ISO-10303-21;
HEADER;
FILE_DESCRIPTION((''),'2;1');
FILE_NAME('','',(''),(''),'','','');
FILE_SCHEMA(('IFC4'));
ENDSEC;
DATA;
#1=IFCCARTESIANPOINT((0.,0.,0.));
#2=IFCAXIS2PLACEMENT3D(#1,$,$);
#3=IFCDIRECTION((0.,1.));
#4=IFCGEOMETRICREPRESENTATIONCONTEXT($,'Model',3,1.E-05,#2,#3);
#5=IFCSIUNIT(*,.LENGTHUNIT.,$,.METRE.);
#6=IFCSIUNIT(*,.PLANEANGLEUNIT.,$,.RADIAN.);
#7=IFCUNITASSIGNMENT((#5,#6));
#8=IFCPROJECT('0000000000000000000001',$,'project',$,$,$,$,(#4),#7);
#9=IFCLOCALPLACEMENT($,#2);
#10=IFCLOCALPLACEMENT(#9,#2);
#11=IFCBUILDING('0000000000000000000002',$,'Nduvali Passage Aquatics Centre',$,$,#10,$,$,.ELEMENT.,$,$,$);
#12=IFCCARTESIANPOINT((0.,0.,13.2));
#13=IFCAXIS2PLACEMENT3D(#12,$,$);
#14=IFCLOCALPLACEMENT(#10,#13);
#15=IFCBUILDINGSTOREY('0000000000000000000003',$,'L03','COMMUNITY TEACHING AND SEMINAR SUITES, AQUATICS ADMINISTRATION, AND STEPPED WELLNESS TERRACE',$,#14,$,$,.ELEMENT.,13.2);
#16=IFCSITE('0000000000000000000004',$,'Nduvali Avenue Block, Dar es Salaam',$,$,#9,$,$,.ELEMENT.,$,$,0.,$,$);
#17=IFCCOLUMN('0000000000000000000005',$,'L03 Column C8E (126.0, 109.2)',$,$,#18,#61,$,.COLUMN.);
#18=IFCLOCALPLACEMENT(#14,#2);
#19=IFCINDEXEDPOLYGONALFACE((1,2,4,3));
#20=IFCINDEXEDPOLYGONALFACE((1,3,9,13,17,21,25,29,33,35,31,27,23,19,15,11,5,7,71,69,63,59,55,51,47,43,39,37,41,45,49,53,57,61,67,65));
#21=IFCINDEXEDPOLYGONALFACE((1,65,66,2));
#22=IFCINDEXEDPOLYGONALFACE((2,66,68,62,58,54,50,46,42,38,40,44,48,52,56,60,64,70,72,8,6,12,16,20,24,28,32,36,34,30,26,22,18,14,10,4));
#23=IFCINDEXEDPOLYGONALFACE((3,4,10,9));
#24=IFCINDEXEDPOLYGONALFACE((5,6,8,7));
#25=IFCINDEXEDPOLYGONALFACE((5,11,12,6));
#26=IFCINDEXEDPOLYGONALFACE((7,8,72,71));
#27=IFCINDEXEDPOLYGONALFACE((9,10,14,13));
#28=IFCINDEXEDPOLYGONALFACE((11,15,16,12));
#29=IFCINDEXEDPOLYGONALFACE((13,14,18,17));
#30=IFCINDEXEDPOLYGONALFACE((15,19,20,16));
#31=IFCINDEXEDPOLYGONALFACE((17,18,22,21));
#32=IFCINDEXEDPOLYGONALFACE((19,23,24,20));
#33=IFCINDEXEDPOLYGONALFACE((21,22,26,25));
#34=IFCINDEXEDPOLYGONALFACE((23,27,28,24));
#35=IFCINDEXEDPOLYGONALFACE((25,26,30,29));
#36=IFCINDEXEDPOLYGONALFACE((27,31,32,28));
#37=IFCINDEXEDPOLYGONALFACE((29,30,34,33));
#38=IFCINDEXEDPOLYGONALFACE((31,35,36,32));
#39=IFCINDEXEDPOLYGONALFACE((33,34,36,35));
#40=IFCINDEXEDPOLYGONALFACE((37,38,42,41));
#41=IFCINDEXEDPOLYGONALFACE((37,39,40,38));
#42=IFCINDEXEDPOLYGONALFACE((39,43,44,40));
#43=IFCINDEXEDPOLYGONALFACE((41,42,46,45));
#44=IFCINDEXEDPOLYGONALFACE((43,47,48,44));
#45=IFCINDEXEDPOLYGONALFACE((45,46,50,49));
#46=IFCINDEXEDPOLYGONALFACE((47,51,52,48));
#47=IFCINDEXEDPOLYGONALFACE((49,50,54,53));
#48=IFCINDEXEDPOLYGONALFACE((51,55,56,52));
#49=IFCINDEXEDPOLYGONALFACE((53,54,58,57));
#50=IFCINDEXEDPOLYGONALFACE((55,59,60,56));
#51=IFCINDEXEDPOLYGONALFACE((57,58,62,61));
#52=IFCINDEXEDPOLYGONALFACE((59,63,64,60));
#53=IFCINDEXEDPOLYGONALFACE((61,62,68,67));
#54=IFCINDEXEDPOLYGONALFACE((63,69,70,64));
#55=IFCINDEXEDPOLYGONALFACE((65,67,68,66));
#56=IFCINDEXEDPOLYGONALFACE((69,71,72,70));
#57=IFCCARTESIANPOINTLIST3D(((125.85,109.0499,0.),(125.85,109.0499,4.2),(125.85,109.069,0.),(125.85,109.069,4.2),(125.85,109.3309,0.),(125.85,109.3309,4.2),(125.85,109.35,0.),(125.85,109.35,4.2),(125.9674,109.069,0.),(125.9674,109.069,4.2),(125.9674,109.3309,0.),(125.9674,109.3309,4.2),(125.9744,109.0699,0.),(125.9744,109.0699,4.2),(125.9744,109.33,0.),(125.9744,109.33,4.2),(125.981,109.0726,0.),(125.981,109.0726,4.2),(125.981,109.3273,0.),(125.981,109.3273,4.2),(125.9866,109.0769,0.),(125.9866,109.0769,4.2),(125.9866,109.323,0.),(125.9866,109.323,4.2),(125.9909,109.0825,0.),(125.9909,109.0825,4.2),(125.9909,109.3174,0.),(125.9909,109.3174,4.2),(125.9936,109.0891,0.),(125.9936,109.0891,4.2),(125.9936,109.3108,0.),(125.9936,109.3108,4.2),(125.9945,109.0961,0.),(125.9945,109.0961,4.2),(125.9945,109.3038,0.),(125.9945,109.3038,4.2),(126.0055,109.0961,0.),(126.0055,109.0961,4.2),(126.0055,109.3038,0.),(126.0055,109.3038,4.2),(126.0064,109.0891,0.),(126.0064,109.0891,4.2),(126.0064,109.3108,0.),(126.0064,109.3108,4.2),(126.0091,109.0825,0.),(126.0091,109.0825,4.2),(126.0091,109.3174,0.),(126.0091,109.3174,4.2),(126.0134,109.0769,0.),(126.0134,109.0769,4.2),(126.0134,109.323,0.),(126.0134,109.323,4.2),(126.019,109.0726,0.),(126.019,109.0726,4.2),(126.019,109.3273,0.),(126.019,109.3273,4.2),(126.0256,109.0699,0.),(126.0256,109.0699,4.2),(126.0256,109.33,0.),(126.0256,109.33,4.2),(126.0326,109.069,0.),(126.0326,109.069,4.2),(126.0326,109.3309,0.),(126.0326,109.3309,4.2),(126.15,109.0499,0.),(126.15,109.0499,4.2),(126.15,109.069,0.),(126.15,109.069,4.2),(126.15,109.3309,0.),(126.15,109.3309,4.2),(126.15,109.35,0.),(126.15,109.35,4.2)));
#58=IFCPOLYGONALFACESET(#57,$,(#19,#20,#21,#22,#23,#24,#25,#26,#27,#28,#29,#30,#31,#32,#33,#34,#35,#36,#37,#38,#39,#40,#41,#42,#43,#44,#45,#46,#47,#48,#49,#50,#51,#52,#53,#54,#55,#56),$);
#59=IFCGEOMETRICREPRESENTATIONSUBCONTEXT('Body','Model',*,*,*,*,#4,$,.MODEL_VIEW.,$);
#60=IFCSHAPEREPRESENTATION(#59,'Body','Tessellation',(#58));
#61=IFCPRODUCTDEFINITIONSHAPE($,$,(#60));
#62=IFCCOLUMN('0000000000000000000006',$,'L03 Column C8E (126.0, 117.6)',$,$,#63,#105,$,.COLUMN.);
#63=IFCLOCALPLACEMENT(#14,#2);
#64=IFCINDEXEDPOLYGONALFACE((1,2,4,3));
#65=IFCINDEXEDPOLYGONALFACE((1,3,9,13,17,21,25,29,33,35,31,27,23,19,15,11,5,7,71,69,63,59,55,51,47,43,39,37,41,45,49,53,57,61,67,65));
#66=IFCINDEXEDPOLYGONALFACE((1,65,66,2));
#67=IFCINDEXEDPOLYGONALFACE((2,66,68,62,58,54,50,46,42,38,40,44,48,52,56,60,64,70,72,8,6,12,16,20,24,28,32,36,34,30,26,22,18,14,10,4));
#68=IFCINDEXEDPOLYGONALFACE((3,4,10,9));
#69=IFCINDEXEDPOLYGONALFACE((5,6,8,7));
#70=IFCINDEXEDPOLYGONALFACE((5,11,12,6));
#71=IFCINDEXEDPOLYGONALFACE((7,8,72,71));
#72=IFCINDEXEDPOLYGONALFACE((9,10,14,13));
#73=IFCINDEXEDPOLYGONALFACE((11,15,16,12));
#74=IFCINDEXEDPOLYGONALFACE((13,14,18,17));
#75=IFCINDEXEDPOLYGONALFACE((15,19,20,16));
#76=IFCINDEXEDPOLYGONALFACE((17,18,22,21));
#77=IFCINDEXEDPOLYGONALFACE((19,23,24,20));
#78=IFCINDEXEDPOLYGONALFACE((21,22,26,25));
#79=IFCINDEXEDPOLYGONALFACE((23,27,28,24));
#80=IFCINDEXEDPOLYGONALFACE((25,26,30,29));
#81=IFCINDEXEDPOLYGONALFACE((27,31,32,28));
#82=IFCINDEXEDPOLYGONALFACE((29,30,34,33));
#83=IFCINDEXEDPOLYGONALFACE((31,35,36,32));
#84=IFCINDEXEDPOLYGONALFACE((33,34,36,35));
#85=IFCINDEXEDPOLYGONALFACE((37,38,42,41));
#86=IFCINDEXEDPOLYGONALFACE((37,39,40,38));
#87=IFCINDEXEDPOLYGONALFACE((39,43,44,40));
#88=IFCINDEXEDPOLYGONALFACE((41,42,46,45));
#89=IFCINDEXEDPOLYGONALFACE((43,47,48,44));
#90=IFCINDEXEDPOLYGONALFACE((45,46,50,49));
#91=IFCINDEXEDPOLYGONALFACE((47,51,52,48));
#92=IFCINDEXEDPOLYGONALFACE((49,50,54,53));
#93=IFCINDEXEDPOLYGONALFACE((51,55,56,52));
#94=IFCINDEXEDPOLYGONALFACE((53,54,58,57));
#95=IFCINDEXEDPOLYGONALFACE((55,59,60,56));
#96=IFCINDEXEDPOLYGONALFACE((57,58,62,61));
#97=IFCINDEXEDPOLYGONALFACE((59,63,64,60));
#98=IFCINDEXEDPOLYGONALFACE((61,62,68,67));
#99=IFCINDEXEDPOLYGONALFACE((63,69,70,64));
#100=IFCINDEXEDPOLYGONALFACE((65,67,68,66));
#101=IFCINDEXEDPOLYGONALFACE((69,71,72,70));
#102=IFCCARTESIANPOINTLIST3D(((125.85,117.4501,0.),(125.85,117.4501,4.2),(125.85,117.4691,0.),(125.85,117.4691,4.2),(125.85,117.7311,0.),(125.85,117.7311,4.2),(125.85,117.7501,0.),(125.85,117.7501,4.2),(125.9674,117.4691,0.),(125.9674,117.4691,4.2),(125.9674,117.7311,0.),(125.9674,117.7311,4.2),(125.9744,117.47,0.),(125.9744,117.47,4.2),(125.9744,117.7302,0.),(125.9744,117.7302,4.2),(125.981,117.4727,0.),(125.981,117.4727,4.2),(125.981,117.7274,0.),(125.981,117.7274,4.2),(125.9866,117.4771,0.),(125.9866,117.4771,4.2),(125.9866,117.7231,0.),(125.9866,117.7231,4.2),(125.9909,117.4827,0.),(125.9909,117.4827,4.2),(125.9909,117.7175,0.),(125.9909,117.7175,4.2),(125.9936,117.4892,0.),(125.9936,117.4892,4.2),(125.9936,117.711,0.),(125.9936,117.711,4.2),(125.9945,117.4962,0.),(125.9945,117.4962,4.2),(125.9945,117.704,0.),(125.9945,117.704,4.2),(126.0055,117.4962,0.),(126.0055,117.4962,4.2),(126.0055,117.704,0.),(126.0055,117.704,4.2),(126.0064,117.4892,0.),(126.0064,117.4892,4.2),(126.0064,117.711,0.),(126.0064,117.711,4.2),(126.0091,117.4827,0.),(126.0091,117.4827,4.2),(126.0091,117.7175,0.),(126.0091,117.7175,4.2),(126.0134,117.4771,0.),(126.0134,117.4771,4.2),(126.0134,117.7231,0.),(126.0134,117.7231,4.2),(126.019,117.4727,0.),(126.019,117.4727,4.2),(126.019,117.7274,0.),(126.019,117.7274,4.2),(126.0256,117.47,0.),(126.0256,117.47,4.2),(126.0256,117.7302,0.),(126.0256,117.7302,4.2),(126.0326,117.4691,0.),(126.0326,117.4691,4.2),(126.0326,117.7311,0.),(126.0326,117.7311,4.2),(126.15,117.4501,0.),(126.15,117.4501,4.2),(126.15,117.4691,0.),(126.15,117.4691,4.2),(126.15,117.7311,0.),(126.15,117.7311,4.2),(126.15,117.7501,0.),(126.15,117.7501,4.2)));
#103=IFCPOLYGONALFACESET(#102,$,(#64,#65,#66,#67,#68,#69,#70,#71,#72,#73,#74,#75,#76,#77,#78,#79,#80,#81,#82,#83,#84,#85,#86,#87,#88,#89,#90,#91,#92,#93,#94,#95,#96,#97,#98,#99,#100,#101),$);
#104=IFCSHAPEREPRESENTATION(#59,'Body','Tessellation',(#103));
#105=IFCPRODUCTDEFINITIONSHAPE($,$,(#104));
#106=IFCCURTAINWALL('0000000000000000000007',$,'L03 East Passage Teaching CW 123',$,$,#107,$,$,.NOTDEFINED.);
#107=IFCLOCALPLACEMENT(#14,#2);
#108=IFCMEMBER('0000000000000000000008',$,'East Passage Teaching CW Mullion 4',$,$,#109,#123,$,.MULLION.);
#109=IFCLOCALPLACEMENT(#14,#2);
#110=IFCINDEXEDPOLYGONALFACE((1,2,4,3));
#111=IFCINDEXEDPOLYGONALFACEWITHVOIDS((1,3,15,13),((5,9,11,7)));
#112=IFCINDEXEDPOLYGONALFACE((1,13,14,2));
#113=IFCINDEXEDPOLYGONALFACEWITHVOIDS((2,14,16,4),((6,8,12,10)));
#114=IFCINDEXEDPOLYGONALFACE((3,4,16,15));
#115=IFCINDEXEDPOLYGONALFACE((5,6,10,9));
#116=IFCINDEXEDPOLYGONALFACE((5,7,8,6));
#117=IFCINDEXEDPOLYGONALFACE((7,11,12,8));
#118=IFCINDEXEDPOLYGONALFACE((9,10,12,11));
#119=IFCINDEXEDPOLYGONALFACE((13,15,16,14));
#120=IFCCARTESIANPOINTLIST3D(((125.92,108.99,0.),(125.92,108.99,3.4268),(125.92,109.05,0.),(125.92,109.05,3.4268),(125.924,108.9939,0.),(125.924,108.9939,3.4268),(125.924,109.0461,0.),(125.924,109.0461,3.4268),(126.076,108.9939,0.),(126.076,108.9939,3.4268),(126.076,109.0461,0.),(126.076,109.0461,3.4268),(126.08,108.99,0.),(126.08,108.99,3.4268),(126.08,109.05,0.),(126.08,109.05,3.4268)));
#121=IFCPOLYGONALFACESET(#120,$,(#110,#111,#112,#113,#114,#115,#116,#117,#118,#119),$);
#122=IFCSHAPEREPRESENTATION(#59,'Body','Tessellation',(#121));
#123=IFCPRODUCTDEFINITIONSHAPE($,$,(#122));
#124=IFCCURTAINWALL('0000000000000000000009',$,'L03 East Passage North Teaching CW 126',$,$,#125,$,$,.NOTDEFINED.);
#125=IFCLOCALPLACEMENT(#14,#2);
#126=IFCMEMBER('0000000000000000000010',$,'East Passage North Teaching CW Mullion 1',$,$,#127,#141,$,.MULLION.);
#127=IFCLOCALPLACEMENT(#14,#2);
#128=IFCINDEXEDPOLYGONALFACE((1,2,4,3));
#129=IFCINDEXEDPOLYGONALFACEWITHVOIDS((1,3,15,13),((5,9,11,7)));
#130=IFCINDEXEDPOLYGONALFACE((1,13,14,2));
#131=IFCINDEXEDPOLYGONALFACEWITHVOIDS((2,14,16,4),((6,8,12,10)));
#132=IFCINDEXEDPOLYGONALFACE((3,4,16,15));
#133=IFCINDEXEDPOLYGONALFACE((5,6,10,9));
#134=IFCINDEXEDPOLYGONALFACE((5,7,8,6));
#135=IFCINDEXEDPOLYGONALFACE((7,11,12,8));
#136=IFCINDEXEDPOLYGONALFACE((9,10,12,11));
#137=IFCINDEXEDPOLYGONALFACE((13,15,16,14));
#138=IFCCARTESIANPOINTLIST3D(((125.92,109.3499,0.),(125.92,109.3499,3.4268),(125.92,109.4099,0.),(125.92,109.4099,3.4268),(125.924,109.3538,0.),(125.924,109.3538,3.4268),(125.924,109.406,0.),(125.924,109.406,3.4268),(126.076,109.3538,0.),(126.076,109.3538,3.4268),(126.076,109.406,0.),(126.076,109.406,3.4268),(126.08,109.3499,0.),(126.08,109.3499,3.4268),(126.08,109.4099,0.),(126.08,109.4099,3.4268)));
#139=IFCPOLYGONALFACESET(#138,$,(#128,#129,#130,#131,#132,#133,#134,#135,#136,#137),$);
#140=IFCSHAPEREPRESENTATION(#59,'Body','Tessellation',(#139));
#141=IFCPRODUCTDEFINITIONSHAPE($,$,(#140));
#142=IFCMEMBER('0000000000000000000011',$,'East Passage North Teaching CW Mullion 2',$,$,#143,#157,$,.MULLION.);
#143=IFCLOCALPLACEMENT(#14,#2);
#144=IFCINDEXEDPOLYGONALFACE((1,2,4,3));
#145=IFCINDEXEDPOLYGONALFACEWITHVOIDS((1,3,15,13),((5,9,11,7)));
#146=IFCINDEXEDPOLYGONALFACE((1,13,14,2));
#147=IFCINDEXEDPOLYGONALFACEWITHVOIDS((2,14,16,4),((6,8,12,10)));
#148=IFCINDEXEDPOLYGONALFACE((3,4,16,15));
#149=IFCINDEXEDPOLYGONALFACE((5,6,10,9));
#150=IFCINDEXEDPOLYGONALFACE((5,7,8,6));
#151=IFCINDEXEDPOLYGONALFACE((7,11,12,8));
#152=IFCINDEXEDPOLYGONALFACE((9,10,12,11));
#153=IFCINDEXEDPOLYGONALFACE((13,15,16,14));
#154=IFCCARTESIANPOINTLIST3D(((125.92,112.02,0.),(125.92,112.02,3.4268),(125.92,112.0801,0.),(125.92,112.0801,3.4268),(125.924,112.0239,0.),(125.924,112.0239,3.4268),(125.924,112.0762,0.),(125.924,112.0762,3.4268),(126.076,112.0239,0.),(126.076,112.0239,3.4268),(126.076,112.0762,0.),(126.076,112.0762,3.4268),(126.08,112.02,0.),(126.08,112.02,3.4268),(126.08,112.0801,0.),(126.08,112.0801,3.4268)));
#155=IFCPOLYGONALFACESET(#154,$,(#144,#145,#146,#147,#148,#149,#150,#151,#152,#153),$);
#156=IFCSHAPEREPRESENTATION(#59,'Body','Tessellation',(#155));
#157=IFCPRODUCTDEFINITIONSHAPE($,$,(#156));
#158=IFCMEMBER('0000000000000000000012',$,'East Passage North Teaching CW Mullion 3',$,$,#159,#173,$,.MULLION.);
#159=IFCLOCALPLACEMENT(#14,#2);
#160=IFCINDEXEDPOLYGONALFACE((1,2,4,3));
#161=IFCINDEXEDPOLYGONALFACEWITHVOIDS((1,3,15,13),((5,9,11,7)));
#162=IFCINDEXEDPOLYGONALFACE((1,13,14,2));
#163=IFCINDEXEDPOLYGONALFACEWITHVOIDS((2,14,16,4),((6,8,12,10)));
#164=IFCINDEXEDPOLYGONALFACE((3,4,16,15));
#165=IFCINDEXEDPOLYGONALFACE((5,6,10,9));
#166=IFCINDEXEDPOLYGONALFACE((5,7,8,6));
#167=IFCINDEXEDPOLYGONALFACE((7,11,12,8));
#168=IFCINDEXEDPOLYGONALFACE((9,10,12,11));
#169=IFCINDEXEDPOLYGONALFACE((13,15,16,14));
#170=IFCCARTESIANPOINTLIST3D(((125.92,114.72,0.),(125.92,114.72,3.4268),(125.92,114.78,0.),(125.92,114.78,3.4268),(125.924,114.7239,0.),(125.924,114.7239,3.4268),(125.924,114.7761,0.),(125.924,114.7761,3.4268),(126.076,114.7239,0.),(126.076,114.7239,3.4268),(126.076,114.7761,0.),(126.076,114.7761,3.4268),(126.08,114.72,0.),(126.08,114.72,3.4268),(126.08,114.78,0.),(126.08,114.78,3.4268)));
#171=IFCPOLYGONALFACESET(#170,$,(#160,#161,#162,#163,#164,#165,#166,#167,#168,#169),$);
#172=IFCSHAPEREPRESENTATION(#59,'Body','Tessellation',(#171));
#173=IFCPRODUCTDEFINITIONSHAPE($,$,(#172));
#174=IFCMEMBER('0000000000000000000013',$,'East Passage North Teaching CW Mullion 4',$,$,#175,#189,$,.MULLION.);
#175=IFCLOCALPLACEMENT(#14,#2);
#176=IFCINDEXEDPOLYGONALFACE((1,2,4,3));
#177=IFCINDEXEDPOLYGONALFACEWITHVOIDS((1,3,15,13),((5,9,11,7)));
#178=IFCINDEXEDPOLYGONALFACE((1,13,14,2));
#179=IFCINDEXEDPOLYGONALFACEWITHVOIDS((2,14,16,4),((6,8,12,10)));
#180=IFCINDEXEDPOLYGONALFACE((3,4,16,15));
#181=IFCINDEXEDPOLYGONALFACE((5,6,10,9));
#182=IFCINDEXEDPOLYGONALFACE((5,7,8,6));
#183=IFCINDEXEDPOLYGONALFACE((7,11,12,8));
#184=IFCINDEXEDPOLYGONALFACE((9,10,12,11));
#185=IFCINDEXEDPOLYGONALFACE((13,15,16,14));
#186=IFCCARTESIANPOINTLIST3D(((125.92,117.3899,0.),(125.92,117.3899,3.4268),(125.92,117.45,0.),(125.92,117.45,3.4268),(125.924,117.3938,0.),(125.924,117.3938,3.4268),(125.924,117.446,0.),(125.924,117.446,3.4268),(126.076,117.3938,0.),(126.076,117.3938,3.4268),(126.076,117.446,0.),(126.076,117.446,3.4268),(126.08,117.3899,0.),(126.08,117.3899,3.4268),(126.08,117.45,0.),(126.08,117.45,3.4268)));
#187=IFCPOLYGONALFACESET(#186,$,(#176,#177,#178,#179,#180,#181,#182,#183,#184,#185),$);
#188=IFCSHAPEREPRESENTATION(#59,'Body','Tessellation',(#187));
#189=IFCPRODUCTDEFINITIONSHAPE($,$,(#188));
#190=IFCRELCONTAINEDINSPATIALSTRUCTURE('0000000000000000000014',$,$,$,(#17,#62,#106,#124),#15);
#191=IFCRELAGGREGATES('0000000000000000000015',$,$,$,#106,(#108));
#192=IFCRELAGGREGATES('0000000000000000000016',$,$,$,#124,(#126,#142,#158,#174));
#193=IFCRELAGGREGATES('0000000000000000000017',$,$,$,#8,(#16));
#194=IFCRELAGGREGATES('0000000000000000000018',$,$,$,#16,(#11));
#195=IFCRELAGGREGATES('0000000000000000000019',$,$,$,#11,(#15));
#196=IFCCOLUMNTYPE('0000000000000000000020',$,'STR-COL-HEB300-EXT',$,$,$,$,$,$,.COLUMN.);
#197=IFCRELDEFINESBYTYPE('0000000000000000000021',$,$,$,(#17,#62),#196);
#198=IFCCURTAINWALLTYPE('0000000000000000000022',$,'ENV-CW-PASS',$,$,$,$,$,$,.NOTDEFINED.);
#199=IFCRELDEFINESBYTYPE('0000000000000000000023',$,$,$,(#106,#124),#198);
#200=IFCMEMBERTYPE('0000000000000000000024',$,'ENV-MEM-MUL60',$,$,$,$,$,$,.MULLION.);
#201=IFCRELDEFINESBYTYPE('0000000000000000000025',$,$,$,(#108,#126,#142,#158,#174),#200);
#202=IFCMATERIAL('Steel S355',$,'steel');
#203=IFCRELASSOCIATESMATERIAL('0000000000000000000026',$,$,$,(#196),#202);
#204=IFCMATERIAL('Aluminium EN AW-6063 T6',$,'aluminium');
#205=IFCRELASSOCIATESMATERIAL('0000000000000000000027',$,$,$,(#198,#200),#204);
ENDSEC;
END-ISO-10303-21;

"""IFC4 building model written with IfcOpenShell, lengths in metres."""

from ifc_helpers import new_model, si_unit, direction, frame, origin, origin_2d, place, context, subcontext, project, spatial, hollow_rectangle, i_section, extrude, material, material_profile, profile_set, type_object, element, aggregate, save


model = new_model("IFC4")

# Units and contexts
model_context = context("Model", 3, precision=1e-05, world=origin(), true_north=direction((0.0, 1.0)))
body_context = subcontext(model_context, "Body", "Model", "MODEL_VIEW")
ifc_project = project(units=[si_unit("LENGTHUNIT", "METRE"), si_unit("PLANEANGLEUNIT", "RADIAN")], contexts=[model_context])

# Site, building, storey
site_placement = place(None, origin())
site = spatial("IfcSite", under=ifc_project, at=site_placement, Name="Nduvali Avenue Block, Dar es Salaam", CompositionType="ELEMENT", RefElevation=0.0)
building_placement = place(site_placement, origin())
building = spatial("IfcBuilding", under=site, at=building_placement, Name="Nduvali Passage Aquatics Centre", CompositionType="ELEMENT")
storey_placement = place(building_placement, frame((0.0, 0.0, 13.2)))
storey = spatial("IfcBuildingStorey", under=building, at=storey_placement, Name="L03", Description="COMMUNITY TEACHING AND SEMINAR SUITES, AQUATICS ADMINISTRATION, AND STEPPED WELLNESS TERRACE", CompositionType="ELEMENT", Elevation=13.2)

# Columns
ifc_material_1 = material(Name="Steel S355", Category="steel")
ifc_material_profile_1 = material_profile(ifc_material_1, i_section(OverallWidth=0.3, OverallDepth=0.3, WebThickness=0.011, FlangeThickness=0.019, FilletRadius=0.0271, at=origin_2d()), Name="HEB 300")
ifc_profile_set_1 = profile_set([ifc_material_profile_1], Name="Steel S355")
column_type = type_object("IfcColumnType", Name="STR-COL-HEB300-EXT", PredefinedType="COLUMN", material=ifc_profile_set_1)
for number, where, z_axis, x_axis, name in (
    (1, (126.0, 109.2, 0.0), (0.0, 0.0, 1.0), (1.0, 0.0, 0.0), "L03 Column C8E (126.0, 109.2)"),
    (2, (126.0, 117.6001, 0.0), (0.0, 0.0, 1.0), (1.0, 0.0, 0.0), "L03 Column C8E (126.0, 117.6)"),
):
    element("IfcColumn", number, at=place(storey_placement, frame(where, z_axis=z_axis, x_axis=x_axis)), inside=storey, type_object=column_type, Name=name, PredefinedType="COLUMN", context=body_context, shape_type="SweptSolid", body=[
        extrude(i_section(OverallWidth=0.3, OverallDepth=0.3, WebThickness=0.011, FlangeThickness=0.019, FilletRadius=0.0271, at=origin_2d()), origin(), (0.0, 0.0, 1.0), 4.2),
    ])

# Curtain wall, member
ifc_material_2 = material(Name="Aluminium EN AW-6063 T6", Category="aluminium")
curtain_wall_type = type_object("IfcCurtainWallType", Name="ENV-CW-PASS", PredefinedType="NOTDEFINED", material=ifc_material_2)
curtain_wall_1_placement = place(storey_placement, origin())
curtain_wall_1 = element("IfcCurtainWall", 3, at=curtain_wall_1_placement, inside=storey, type_object=curtain_wall_type, Name="L03 East Passage Teaching CW 123", PredefinedType="NOTDEFINED")
ifc_material_profile_2 = material_profile(ifc_material_2, hollow_rectangle(XDim=0.0601, YDim=0.1599, WallThickness=0.0039, at=origin_2d()), Name="ALU MULLION 60x160x4")
ifc_profile_set_2 = profile_set([ifc_material_profile_2], Name="Aluminium EN AW-6063 T6")
member_type_1 = type_object("IfcMemberType", Name="ENV-MEM-MUL60", PredefinedType="MULLION", material=ifc_profile_set_2)
member_1_placement = place(storey_placement, frame((126.0, 109.02, 0.0), z_axis=(0.0, 0.0, 1.0), x_axis=(0.0, 1.0, 0.0)))
member_1 = element("IfcMember", 4, at=member_1_placement, type_object=member_type_1, Name="East Passage Teaching CW Mullion 4", PredefinedType="MULLION", context=body_context, shape_type="SweptSolid", body=[
    extrude(hollow_rectangle(XDim=0.0601, YDim=0.1599, WallThickness=0.0039, at=origin_2d()), origin(), (0.0, 0.0, 1.0), 3.4268),
])

# Curtain wall, members
curtain_wall_2_placement = place(storey_placement, origin())
curtain_wall_2 = element("IfcCurtainWall", 5, at=curtain_wall_2_placement, inside=storey, type_object=curtain_wall_type, Name="L03 East Passage North Teaching CW 126", PredefinedType="NOTDEFINED")
member_2_placement = place(storey_placement, frame((126.0, 109.3799, 0.0), z_axis=(0.0, 0.0, 1.0), x_axis=(0.0, 1.0, 0.0)))
member_2 = element("IfcMember", 6, at=member_2_placement, type_object=member_type_1, Name="East Passage North Teaching CW Mullion 1", PredefinedType="MULLION", context=body_context, shape_type="SweptSolid", body=[
    extrude(hollow_rectangle(XDim=0.0601, YDim=0.1599, WallThickness=0.0039, at=origin_2d()), origin(), (0.0, 0.0, 1.0), 3.4268),
])
member_3_placement = place(storey_placement, frame((126.0, 112.05, 0.0), z_axis=(0.0, 0.0, 1.0), x_axis=(0.0, 1.0, 0.0)))
member_3 = element("IfcMember", 7, at=member_3_placement, type_object=member_type_1, Name="East Passage North Teaching CW Mullion 2", PredefinedType="MULLION", context=body_context, shape_type="SweptSolid", body=[
    extrude(hollow_rectangle(XDim=0.0601, YDim=0.1599, WallThickness=0.0039, at=origin_2d()), origin(), (0.0, 0.0, 1.0), 3.4268),
])
member_4_placement = place(storey_placement, frame((126.0, 114.75, 0.0), z_axis=(0.0, 0.0, 1.0), x_axis=(0.0, 1.0, 0.0)))
member_4 = element("IfcMember", 8, at=member_4_placement, type_object=member_type_1, Name="East Passage North Teaching CW Mullion 3", PredefinedType="MULLION", context=body_context, shape_type="SweptSolid", body=[
    extrude(hollow_rectangle(XDim=0.0601, YDim=0.1599, WallThickness=0.0039, at=origin_2d()), origin(), (0.0, 0.0, 1.0), 3.4268),
])
member_5_placement = place(storey_placement, frame((126.0, 117.4199, 0.0), z_axis=(0.0, 0.0, 1.0), x_axis=(0.0, 1.0, 0.0)))
member_5 = element("IfcMember", 9, at=member_5_placement, type_object=member_type_1, Name="East Passage North Teaching CW Mullion 4", PredefinedType="MULLION", context=body_context, shape_type="SweptSolid", body=[
    extrude(hollow_rectangle(XDim=0.0601, YDim=0.1599, WallThickness=0.0039, at=origin_2d()), origin(), (0.0, 0.0, 1.0), 3.4268),
])

aggregate(curtain_wall_1, [member_1])
aggregate(curtain_wall_2, [member_2, member_3, member_4, member_5])

save(model, "model.ifc")
